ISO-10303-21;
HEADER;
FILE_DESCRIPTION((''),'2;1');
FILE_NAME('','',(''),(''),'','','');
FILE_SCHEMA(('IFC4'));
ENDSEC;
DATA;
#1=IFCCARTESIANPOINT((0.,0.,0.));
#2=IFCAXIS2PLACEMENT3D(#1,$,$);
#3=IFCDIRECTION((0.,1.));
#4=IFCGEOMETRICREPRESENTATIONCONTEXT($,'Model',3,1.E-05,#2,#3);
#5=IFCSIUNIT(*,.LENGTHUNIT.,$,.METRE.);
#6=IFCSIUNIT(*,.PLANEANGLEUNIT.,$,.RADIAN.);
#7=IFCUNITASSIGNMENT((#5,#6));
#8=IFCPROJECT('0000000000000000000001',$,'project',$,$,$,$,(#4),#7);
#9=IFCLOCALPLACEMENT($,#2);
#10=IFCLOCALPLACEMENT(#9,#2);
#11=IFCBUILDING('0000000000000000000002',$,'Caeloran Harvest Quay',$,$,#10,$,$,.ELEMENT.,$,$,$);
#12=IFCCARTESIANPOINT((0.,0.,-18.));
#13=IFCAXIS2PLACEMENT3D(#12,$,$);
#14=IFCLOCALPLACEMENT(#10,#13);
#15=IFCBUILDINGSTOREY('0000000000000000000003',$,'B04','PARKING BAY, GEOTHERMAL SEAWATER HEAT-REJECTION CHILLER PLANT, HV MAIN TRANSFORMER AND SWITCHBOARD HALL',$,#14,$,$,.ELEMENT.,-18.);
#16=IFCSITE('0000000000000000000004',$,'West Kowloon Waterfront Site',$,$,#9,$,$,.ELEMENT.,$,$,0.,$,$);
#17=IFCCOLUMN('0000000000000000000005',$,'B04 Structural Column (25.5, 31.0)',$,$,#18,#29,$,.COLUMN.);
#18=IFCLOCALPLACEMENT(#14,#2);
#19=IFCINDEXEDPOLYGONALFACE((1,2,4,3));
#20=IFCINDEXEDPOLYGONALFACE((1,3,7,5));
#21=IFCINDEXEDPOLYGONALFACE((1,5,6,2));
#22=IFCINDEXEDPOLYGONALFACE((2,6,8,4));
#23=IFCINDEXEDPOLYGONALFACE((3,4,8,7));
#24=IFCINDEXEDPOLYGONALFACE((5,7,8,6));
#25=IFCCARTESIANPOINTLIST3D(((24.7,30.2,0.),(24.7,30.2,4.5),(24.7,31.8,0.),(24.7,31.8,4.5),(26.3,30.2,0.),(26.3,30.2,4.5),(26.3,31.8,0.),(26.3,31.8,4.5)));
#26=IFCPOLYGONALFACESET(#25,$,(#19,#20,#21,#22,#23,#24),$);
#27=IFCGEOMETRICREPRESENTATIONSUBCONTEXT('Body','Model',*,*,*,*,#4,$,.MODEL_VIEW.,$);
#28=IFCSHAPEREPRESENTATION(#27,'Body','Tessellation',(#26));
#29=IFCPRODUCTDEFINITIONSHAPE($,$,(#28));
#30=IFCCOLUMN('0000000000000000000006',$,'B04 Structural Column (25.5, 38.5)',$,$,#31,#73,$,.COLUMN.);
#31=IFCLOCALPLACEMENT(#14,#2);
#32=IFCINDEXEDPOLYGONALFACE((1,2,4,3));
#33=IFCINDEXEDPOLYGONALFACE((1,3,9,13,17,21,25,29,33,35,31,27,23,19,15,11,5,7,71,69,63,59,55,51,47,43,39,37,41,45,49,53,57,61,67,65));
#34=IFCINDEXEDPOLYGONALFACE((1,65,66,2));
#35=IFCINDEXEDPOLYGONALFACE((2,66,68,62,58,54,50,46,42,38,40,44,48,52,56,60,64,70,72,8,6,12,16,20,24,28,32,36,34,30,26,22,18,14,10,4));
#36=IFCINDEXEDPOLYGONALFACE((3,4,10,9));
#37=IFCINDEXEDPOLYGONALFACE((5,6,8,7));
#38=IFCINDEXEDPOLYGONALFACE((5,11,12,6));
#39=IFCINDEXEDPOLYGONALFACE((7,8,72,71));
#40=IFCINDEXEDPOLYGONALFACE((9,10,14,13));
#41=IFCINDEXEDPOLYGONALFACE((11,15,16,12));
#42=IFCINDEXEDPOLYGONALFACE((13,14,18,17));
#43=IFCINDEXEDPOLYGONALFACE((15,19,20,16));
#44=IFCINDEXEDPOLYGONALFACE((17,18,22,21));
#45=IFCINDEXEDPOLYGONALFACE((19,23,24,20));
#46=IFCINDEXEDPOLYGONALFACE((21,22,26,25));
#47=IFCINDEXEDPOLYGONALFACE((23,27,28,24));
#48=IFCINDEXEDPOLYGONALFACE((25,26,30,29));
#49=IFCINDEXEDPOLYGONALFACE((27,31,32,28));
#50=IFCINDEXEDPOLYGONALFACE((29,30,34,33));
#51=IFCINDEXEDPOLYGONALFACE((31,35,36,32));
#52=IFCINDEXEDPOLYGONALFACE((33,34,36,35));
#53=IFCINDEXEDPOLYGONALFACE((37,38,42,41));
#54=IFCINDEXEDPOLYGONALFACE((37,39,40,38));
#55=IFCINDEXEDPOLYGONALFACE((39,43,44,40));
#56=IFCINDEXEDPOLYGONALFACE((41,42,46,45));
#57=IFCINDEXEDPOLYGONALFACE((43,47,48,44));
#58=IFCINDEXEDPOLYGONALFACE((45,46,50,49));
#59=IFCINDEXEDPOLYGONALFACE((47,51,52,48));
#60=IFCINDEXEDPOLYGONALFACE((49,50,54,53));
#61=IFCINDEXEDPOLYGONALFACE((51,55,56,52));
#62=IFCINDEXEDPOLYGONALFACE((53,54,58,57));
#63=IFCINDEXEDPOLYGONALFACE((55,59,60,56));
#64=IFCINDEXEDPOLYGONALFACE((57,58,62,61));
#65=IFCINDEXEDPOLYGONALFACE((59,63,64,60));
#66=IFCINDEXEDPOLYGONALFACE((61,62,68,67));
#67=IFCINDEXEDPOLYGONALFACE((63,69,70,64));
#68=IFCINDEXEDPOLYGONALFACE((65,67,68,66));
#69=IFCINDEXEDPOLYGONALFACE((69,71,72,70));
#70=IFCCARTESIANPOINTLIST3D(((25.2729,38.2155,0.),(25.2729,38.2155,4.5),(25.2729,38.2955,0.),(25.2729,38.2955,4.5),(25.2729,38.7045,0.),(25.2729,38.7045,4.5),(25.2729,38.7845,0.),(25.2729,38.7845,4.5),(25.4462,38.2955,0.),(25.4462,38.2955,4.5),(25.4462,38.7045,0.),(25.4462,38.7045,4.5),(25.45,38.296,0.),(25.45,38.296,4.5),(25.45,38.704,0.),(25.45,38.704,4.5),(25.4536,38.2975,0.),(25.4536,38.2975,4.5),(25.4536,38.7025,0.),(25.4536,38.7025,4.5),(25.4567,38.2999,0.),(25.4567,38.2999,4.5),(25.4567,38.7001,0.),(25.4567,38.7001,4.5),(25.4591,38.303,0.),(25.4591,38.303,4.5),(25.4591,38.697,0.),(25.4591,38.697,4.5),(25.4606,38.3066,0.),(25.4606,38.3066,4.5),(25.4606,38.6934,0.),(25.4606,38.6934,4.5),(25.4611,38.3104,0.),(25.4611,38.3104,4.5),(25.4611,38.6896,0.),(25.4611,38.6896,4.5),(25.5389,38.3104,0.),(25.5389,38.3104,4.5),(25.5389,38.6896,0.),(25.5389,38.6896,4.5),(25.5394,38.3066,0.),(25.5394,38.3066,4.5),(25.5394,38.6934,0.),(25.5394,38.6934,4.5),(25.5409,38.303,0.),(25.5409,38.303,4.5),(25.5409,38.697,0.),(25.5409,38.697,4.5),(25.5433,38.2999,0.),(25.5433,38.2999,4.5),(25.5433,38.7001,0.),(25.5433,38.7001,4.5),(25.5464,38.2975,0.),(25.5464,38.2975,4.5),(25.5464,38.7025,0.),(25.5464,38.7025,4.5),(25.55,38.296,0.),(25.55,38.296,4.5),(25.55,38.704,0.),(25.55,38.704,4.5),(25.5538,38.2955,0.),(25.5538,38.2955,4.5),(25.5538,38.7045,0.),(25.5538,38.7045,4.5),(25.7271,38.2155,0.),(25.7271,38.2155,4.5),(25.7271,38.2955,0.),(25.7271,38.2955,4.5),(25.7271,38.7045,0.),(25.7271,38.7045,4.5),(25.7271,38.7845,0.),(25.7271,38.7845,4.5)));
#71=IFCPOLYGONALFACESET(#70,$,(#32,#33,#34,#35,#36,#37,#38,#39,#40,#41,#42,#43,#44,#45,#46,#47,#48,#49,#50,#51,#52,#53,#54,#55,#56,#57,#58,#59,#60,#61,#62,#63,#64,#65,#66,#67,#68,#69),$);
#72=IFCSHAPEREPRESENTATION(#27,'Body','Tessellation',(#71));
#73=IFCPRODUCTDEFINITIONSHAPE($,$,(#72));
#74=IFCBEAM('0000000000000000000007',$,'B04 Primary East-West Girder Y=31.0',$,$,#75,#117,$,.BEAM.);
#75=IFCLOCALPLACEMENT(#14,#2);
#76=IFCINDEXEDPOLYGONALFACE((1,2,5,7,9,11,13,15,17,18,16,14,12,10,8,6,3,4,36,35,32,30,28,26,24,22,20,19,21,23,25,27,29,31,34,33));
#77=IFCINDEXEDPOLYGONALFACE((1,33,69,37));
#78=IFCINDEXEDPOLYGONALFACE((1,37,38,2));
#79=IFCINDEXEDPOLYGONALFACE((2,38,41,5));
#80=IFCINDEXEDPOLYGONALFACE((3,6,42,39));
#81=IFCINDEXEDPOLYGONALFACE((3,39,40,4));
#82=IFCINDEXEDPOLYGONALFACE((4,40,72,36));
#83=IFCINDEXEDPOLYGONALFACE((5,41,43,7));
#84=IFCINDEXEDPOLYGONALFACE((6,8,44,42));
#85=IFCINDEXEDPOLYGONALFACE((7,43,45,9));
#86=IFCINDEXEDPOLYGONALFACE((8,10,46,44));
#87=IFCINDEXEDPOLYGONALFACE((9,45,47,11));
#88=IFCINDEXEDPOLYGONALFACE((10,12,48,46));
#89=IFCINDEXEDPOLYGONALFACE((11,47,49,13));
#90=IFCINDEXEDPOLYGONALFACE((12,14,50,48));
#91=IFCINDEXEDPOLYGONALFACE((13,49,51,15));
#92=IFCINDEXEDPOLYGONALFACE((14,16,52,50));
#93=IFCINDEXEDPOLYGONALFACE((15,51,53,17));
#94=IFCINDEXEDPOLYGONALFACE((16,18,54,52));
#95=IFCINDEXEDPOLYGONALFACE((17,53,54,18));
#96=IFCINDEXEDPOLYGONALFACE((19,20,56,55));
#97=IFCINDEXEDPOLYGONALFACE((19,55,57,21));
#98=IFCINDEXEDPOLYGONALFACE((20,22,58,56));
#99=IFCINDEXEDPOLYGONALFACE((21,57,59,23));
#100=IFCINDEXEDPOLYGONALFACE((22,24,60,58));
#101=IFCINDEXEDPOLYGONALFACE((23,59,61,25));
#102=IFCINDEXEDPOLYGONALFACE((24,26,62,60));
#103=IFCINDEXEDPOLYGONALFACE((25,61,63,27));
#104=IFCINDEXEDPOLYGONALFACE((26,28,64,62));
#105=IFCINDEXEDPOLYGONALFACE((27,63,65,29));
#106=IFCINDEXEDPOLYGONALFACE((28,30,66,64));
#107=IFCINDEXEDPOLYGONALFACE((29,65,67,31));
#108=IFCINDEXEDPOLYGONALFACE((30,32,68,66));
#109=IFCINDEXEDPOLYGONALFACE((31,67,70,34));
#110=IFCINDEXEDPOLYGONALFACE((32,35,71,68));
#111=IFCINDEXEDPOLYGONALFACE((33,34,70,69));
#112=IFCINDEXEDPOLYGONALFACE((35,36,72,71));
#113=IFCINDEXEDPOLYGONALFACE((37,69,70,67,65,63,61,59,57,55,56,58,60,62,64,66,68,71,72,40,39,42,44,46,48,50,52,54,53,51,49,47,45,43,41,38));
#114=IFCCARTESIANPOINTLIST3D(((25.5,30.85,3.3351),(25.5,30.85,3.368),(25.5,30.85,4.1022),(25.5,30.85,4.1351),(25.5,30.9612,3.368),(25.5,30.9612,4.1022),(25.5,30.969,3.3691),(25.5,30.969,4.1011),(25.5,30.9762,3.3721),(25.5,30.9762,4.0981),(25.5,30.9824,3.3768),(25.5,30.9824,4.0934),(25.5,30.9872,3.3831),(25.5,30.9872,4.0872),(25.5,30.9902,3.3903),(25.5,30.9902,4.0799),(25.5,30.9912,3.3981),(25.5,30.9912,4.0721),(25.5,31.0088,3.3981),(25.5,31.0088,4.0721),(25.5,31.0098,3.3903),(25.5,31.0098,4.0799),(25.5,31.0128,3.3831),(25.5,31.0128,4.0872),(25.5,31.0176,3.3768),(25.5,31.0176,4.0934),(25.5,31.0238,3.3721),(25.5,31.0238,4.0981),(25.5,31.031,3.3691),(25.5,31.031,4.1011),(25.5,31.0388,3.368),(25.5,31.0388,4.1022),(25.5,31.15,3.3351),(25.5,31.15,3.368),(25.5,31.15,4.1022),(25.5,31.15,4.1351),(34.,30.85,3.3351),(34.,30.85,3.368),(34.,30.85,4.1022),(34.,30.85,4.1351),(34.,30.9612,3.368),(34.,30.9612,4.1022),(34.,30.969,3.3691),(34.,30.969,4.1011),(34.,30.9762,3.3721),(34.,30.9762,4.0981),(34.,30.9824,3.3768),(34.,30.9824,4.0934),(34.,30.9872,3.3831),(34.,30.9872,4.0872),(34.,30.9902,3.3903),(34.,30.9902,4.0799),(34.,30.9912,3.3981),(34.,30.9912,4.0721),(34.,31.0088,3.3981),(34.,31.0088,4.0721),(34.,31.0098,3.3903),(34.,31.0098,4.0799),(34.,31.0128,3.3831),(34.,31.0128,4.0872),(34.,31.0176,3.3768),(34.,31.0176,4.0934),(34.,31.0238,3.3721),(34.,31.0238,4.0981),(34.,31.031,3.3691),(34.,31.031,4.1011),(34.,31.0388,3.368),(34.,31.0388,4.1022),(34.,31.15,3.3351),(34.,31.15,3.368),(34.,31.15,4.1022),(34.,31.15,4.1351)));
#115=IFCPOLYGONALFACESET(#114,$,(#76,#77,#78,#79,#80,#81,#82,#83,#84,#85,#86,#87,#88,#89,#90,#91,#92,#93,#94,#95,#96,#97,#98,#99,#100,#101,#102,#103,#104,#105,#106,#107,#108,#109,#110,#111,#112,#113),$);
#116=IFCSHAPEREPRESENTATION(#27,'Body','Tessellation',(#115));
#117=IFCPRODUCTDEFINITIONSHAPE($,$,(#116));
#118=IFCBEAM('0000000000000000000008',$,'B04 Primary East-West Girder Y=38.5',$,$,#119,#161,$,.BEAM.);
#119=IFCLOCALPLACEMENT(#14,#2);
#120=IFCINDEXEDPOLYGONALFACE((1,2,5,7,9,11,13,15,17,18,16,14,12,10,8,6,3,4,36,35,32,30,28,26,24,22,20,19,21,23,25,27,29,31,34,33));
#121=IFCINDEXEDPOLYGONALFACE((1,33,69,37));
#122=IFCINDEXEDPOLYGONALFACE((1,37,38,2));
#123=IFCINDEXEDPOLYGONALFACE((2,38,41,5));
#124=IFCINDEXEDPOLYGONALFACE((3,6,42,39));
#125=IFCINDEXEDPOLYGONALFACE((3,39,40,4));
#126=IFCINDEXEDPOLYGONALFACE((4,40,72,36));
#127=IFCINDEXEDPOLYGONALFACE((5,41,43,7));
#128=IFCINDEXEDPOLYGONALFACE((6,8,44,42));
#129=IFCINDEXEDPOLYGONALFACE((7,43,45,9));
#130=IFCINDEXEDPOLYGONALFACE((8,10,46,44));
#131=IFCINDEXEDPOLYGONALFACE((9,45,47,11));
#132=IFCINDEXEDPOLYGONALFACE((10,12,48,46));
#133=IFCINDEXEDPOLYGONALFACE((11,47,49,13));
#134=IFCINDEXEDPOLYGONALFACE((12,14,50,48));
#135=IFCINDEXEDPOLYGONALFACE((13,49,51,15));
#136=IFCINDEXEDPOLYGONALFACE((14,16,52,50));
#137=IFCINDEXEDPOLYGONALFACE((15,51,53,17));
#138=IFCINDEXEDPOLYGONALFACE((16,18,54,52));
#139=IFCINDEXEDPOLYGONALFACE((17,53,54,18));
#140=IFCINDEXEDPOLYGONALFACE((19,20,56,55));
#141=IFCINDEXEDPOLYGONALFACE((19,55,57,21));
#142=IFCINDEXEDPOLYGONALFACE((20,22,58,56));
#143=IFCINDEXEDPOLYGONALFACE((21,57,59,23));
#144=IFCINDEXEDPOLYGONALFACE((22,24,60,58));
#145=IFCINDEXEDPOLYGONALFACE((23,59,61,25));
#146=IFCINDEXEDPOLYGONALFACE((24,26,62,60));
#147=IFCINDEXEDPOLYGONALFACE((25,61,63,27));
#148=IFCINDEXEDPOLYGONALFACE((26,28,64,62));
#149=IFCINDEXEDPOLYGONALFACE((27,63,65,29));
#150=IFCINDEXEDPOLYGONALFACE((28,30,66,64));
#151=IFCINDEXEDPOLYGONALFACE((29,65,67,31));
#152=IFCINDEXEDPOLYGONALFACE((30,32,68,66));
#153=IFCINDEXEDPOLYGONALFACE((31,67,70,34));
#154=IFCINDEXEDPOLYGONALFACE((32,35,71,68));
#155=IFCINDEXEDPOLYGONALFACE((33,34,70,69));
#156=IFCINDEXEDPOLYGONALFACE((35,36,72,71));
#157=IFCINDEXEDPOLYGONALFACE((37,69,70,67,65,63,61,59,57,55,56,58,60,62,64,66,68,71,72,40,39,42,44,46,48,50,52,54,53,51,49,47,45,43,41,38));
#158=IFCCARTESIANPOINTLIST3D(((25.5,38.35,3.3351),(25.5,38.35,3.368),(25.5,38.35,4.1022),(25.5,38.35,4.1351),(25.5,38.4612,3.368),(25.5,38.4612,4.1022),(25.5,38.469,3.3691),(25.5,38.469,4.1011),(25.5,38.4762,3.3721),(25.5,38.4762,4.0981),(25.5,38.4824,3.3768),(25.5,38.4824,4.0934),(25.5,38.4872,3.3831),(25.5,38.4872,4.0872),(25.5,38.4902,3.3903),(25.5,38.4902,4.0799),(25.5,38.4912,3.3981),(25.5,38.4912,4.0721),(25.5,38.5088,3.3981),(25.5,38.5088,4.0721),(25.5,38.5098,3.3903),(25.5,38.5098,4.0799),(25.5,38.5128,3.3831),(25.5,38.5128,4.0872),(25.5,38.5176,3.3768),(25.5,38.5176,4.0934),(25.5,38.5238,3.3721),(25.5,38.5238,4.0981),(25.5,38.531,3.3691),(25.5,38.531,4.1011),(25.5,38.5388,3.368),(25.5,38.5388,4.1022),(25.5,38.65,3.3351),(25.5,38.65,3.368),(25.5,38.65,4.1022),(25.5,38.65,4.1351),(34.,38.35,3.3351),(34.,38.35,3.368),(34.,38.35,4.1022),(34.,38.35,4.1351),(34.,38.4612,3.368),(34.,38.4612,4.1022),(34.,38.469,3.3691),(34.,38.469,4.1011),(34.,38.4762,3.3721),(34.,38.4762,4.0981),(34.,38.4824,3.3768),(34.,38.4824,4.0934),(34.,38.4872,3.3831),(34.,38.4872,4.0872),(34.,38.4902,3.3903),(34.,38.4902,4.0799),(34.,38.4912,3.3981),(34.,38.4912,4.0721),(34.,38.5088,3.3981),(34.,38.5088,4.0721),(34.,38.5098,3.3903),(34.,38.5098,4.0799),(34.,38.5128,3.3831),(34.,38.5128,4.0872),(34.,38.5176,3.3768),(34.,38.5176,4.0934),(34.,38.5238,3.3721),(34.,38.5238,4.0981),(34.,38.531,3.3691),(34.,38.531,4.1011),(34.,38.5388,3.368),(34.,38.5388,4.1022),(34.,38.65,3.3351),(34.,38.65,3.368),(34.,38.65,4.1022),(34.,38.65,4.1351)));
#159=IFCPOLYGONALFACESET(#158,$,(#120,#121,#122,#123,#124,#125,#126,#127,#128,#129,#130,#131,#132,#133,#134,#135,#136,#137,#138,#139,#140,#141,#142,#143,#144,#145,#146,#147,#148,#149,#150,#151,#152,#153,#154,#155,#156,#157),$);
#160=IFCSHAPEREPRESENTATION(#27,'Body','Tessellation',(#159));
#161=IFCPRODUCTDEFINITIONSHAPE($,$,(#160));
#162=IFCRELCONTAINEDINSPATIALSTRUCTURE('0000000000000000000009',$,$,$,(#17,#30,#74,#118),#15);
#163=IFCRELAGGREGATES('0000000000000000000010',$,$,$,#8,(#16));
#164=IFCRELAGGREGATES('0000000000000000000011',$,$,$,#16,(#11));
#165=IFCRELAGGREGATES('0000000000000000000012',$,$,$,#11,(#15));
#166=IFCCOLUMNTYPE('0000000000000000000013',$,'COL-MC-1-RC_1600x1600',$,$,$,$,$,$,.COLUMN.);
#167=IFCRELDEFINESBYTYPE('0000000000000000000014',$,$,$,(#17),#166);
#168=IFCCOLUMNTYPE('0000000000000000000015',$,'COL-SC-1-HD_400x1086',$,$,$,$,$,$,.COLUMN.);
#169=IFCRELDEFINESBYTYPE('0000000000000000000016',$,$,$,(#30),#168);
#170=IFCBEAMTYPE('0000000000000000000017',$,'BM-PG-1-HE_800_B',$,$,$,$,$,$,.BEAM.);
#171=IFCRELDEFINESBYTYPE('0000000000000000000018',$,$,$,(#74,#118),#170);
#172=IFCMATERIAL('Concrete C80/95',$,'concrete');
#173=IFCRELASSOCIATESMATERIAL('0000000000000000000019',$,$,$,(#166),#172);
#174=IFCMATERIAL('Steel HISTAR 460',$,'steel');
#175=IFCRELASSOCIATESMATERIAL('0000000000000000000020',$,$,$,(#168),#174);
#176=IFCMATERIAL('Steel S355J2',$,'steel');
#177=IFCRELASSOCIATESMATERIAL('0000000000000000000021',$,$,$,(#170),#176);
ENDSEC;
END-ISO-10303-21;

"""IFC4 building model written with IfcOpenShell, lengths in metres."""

from ifc_helpers import new_model, si_unit, direction, frame, origin, origin_2d, place, context, subcontext, project, spatial, rectangle, i_section, extrude, material, material_profile, profile_set, type_object, element, save


model = new_model("IFC4")

# Units and contexts
model_context = context("Model", 3, precision=1e-05, world=origin(), true_north=direction((0.0, 1.0)))
body_context = subcontext(model_context, "Body", "Model", "MODEL_VIEW")
ifc_project = project(units=[si_unit("LENGTHUNIT", "METRE"), si_unit("PLANEANGLEUNIT", "RADIAN")], contexts=[model_context])

# Site, building, storey
site_placement = place(None, origin())
site = spatial("IfcSite", under=ifc_project, at=site_placement, Name="West Kowloon Waterfront Site", CompositionType="ELEMENT", RefElevation=0.0)
building_placement = place(site_placement, origin())
building = spatial("IfcBuilding", under=site, at=building_placement, Name="Caeloran Harvest Quay", CompositionType="ELEMENT")
storey_placement = place(building_placement, frame((0.0, 0.0, -18.0)))
storey = spatial("IfcBuildingStorey", under=building, at=storey_placement, Name="B04", Description="PARKING BAY, GEOTHERMAL SEAWATER HEAT-REJECTION CHILLER PLANT, HV MAIN TRANSFORMER AND SWITCHBOARD HALL", CompositionType="ELEMENT", Elevation=-18.0)

# Columns
ifc_material_1 = material(Name="Concrete C80/95", Category="concrete")
ifc_material_profile_1 = material_profile(ifc_material_1, rectangle(XDim=1.6001, YDim=1.6001, at=origin_2d()), Name="RC 1600x1600")
ifc_profile_set_1 = profile_set([ifc_material_profile_1], Name="Concrete C80/95")
column_type_1 = type_object("IfcColumnType", Name="COL-MC-1-RC_1600x1600", PredefinedType="COLUMN", material=ifc_profile_set_1)
column_1_placement = place(storey_placement, frame((25.5, 31.0, 0.0), z_axis=(0.0, 0.0, 1.0), x_axis=(1.0, 0.0, 0.0)))
element("IfcColumn", 1, at=column_1_placement, inside=storey, type_object=column_type_1, Name="B04 Structural Column (25.5, 31.0)", PredefinedType="COLUMN", context=body_context, shape_type="SweptSolid", body=[
    extrude(rectangle(XDim=1.6001, YDim=1.6001, at=origin_2d()), origin(), (0.0, 0.0, 1.0), 4.5),
])
ifc_material_2 = material(Name="Steel HISTAR 460", Category="steel")
ifc_material_profile_2 = material_profile(ifc_material_2, i_section(OverallWidth=0.4541, OverallDepth=0.5691, WebThickness=0.0779, FlangeThickness=0.0801, FilletRadius=0.0149, at=origin_2d()), Name="HD 400x1086")
ifc_profile_set_2 = profile_set([ifc_material_profile_2], Name="Steel HISTAR 460")
column_type_2 = type_object("IfcColumnType", Name="COL-SC-1-HD_400x1086", PredefinedType="COLUMN", material=ifc_profile_set_2)
column_2_placement = place(storey_placement, frame((25.5, 38.5, 0.0), z_axis=(0.0, 0.0, 1.0), x_axis=(1.0, 0.0, 0.0)))
element("IfcColumn", 2, at=column_2_placement, inside=storey, type_object=column_type_2, Name="B04 Structural Column (25.5, 38.5)", PredefinedType="COLUMN", context=body_context, shape_type="SweptSolid", body=[
    extrude(i_section(OverallWidth=0.4541, OverallDepth=0.5691, WebThickness=0.0779, FlangeThickness=0.0801, FilletRadius=0.0149, at=origin_2d()), origin(), (0.0, 0.0, 1.0), 4.5),
])

# Beams
ifc_material_3 = material(Name="Steel S355J2", Category="steel")
ifc_material_profile_3 = material_profile(ifc_material_3, i_section(OverallWidth=0.3, OverallDepth=0.8, WebThickness=0.0176, FlangeThickness=0.033, FilletRadius=0.03, at=origin_2d()), Name="HE 800 B")
ifc_profile_set_3 = profile_set([ifc_material_profile_3], Name="Steel S355J2")
beam_type_1 = type_object("IfcBeamType", Name="BM-PG-1-HE_800_B", PredefinedType="BEAM", material=ifc_profile_set_3)
for number, where, z_axis, x_axis, name in (
    (3, (25.5, 31.0, 3.7351), (1.0, 0.0, 0.0), (0.0, 1.0, 0.0), "B04 Primary East-West Girder Y=31.0"),
    (4, (25.5, 38.5, 3.7351), (1.0, 0.0, 0.0), (0.0, 1.0, 0.0), "B04 Primary East-West Girder Y=38.5"),
):
    element("IfcBeam", number, at=place(storey_placement, frame(where, z_axis=z_axis, x_axis=x_axis)), inside=storey, type_object=beam_type_1, Name=name, PredefinedType="BEAM", context=body_context, shape_type="SweptSolid", body=[
        extrude(i_section(OverallWidth=0.3, OverallDepth=0.8, WebThickness=0.0176, FlangeThickness=0.033, FilletRadius=0.03, at=origin_2d()), origin(), (0.0, 0.0, 1.0), 8.5),
    ])

save(model, "model.ifc")
